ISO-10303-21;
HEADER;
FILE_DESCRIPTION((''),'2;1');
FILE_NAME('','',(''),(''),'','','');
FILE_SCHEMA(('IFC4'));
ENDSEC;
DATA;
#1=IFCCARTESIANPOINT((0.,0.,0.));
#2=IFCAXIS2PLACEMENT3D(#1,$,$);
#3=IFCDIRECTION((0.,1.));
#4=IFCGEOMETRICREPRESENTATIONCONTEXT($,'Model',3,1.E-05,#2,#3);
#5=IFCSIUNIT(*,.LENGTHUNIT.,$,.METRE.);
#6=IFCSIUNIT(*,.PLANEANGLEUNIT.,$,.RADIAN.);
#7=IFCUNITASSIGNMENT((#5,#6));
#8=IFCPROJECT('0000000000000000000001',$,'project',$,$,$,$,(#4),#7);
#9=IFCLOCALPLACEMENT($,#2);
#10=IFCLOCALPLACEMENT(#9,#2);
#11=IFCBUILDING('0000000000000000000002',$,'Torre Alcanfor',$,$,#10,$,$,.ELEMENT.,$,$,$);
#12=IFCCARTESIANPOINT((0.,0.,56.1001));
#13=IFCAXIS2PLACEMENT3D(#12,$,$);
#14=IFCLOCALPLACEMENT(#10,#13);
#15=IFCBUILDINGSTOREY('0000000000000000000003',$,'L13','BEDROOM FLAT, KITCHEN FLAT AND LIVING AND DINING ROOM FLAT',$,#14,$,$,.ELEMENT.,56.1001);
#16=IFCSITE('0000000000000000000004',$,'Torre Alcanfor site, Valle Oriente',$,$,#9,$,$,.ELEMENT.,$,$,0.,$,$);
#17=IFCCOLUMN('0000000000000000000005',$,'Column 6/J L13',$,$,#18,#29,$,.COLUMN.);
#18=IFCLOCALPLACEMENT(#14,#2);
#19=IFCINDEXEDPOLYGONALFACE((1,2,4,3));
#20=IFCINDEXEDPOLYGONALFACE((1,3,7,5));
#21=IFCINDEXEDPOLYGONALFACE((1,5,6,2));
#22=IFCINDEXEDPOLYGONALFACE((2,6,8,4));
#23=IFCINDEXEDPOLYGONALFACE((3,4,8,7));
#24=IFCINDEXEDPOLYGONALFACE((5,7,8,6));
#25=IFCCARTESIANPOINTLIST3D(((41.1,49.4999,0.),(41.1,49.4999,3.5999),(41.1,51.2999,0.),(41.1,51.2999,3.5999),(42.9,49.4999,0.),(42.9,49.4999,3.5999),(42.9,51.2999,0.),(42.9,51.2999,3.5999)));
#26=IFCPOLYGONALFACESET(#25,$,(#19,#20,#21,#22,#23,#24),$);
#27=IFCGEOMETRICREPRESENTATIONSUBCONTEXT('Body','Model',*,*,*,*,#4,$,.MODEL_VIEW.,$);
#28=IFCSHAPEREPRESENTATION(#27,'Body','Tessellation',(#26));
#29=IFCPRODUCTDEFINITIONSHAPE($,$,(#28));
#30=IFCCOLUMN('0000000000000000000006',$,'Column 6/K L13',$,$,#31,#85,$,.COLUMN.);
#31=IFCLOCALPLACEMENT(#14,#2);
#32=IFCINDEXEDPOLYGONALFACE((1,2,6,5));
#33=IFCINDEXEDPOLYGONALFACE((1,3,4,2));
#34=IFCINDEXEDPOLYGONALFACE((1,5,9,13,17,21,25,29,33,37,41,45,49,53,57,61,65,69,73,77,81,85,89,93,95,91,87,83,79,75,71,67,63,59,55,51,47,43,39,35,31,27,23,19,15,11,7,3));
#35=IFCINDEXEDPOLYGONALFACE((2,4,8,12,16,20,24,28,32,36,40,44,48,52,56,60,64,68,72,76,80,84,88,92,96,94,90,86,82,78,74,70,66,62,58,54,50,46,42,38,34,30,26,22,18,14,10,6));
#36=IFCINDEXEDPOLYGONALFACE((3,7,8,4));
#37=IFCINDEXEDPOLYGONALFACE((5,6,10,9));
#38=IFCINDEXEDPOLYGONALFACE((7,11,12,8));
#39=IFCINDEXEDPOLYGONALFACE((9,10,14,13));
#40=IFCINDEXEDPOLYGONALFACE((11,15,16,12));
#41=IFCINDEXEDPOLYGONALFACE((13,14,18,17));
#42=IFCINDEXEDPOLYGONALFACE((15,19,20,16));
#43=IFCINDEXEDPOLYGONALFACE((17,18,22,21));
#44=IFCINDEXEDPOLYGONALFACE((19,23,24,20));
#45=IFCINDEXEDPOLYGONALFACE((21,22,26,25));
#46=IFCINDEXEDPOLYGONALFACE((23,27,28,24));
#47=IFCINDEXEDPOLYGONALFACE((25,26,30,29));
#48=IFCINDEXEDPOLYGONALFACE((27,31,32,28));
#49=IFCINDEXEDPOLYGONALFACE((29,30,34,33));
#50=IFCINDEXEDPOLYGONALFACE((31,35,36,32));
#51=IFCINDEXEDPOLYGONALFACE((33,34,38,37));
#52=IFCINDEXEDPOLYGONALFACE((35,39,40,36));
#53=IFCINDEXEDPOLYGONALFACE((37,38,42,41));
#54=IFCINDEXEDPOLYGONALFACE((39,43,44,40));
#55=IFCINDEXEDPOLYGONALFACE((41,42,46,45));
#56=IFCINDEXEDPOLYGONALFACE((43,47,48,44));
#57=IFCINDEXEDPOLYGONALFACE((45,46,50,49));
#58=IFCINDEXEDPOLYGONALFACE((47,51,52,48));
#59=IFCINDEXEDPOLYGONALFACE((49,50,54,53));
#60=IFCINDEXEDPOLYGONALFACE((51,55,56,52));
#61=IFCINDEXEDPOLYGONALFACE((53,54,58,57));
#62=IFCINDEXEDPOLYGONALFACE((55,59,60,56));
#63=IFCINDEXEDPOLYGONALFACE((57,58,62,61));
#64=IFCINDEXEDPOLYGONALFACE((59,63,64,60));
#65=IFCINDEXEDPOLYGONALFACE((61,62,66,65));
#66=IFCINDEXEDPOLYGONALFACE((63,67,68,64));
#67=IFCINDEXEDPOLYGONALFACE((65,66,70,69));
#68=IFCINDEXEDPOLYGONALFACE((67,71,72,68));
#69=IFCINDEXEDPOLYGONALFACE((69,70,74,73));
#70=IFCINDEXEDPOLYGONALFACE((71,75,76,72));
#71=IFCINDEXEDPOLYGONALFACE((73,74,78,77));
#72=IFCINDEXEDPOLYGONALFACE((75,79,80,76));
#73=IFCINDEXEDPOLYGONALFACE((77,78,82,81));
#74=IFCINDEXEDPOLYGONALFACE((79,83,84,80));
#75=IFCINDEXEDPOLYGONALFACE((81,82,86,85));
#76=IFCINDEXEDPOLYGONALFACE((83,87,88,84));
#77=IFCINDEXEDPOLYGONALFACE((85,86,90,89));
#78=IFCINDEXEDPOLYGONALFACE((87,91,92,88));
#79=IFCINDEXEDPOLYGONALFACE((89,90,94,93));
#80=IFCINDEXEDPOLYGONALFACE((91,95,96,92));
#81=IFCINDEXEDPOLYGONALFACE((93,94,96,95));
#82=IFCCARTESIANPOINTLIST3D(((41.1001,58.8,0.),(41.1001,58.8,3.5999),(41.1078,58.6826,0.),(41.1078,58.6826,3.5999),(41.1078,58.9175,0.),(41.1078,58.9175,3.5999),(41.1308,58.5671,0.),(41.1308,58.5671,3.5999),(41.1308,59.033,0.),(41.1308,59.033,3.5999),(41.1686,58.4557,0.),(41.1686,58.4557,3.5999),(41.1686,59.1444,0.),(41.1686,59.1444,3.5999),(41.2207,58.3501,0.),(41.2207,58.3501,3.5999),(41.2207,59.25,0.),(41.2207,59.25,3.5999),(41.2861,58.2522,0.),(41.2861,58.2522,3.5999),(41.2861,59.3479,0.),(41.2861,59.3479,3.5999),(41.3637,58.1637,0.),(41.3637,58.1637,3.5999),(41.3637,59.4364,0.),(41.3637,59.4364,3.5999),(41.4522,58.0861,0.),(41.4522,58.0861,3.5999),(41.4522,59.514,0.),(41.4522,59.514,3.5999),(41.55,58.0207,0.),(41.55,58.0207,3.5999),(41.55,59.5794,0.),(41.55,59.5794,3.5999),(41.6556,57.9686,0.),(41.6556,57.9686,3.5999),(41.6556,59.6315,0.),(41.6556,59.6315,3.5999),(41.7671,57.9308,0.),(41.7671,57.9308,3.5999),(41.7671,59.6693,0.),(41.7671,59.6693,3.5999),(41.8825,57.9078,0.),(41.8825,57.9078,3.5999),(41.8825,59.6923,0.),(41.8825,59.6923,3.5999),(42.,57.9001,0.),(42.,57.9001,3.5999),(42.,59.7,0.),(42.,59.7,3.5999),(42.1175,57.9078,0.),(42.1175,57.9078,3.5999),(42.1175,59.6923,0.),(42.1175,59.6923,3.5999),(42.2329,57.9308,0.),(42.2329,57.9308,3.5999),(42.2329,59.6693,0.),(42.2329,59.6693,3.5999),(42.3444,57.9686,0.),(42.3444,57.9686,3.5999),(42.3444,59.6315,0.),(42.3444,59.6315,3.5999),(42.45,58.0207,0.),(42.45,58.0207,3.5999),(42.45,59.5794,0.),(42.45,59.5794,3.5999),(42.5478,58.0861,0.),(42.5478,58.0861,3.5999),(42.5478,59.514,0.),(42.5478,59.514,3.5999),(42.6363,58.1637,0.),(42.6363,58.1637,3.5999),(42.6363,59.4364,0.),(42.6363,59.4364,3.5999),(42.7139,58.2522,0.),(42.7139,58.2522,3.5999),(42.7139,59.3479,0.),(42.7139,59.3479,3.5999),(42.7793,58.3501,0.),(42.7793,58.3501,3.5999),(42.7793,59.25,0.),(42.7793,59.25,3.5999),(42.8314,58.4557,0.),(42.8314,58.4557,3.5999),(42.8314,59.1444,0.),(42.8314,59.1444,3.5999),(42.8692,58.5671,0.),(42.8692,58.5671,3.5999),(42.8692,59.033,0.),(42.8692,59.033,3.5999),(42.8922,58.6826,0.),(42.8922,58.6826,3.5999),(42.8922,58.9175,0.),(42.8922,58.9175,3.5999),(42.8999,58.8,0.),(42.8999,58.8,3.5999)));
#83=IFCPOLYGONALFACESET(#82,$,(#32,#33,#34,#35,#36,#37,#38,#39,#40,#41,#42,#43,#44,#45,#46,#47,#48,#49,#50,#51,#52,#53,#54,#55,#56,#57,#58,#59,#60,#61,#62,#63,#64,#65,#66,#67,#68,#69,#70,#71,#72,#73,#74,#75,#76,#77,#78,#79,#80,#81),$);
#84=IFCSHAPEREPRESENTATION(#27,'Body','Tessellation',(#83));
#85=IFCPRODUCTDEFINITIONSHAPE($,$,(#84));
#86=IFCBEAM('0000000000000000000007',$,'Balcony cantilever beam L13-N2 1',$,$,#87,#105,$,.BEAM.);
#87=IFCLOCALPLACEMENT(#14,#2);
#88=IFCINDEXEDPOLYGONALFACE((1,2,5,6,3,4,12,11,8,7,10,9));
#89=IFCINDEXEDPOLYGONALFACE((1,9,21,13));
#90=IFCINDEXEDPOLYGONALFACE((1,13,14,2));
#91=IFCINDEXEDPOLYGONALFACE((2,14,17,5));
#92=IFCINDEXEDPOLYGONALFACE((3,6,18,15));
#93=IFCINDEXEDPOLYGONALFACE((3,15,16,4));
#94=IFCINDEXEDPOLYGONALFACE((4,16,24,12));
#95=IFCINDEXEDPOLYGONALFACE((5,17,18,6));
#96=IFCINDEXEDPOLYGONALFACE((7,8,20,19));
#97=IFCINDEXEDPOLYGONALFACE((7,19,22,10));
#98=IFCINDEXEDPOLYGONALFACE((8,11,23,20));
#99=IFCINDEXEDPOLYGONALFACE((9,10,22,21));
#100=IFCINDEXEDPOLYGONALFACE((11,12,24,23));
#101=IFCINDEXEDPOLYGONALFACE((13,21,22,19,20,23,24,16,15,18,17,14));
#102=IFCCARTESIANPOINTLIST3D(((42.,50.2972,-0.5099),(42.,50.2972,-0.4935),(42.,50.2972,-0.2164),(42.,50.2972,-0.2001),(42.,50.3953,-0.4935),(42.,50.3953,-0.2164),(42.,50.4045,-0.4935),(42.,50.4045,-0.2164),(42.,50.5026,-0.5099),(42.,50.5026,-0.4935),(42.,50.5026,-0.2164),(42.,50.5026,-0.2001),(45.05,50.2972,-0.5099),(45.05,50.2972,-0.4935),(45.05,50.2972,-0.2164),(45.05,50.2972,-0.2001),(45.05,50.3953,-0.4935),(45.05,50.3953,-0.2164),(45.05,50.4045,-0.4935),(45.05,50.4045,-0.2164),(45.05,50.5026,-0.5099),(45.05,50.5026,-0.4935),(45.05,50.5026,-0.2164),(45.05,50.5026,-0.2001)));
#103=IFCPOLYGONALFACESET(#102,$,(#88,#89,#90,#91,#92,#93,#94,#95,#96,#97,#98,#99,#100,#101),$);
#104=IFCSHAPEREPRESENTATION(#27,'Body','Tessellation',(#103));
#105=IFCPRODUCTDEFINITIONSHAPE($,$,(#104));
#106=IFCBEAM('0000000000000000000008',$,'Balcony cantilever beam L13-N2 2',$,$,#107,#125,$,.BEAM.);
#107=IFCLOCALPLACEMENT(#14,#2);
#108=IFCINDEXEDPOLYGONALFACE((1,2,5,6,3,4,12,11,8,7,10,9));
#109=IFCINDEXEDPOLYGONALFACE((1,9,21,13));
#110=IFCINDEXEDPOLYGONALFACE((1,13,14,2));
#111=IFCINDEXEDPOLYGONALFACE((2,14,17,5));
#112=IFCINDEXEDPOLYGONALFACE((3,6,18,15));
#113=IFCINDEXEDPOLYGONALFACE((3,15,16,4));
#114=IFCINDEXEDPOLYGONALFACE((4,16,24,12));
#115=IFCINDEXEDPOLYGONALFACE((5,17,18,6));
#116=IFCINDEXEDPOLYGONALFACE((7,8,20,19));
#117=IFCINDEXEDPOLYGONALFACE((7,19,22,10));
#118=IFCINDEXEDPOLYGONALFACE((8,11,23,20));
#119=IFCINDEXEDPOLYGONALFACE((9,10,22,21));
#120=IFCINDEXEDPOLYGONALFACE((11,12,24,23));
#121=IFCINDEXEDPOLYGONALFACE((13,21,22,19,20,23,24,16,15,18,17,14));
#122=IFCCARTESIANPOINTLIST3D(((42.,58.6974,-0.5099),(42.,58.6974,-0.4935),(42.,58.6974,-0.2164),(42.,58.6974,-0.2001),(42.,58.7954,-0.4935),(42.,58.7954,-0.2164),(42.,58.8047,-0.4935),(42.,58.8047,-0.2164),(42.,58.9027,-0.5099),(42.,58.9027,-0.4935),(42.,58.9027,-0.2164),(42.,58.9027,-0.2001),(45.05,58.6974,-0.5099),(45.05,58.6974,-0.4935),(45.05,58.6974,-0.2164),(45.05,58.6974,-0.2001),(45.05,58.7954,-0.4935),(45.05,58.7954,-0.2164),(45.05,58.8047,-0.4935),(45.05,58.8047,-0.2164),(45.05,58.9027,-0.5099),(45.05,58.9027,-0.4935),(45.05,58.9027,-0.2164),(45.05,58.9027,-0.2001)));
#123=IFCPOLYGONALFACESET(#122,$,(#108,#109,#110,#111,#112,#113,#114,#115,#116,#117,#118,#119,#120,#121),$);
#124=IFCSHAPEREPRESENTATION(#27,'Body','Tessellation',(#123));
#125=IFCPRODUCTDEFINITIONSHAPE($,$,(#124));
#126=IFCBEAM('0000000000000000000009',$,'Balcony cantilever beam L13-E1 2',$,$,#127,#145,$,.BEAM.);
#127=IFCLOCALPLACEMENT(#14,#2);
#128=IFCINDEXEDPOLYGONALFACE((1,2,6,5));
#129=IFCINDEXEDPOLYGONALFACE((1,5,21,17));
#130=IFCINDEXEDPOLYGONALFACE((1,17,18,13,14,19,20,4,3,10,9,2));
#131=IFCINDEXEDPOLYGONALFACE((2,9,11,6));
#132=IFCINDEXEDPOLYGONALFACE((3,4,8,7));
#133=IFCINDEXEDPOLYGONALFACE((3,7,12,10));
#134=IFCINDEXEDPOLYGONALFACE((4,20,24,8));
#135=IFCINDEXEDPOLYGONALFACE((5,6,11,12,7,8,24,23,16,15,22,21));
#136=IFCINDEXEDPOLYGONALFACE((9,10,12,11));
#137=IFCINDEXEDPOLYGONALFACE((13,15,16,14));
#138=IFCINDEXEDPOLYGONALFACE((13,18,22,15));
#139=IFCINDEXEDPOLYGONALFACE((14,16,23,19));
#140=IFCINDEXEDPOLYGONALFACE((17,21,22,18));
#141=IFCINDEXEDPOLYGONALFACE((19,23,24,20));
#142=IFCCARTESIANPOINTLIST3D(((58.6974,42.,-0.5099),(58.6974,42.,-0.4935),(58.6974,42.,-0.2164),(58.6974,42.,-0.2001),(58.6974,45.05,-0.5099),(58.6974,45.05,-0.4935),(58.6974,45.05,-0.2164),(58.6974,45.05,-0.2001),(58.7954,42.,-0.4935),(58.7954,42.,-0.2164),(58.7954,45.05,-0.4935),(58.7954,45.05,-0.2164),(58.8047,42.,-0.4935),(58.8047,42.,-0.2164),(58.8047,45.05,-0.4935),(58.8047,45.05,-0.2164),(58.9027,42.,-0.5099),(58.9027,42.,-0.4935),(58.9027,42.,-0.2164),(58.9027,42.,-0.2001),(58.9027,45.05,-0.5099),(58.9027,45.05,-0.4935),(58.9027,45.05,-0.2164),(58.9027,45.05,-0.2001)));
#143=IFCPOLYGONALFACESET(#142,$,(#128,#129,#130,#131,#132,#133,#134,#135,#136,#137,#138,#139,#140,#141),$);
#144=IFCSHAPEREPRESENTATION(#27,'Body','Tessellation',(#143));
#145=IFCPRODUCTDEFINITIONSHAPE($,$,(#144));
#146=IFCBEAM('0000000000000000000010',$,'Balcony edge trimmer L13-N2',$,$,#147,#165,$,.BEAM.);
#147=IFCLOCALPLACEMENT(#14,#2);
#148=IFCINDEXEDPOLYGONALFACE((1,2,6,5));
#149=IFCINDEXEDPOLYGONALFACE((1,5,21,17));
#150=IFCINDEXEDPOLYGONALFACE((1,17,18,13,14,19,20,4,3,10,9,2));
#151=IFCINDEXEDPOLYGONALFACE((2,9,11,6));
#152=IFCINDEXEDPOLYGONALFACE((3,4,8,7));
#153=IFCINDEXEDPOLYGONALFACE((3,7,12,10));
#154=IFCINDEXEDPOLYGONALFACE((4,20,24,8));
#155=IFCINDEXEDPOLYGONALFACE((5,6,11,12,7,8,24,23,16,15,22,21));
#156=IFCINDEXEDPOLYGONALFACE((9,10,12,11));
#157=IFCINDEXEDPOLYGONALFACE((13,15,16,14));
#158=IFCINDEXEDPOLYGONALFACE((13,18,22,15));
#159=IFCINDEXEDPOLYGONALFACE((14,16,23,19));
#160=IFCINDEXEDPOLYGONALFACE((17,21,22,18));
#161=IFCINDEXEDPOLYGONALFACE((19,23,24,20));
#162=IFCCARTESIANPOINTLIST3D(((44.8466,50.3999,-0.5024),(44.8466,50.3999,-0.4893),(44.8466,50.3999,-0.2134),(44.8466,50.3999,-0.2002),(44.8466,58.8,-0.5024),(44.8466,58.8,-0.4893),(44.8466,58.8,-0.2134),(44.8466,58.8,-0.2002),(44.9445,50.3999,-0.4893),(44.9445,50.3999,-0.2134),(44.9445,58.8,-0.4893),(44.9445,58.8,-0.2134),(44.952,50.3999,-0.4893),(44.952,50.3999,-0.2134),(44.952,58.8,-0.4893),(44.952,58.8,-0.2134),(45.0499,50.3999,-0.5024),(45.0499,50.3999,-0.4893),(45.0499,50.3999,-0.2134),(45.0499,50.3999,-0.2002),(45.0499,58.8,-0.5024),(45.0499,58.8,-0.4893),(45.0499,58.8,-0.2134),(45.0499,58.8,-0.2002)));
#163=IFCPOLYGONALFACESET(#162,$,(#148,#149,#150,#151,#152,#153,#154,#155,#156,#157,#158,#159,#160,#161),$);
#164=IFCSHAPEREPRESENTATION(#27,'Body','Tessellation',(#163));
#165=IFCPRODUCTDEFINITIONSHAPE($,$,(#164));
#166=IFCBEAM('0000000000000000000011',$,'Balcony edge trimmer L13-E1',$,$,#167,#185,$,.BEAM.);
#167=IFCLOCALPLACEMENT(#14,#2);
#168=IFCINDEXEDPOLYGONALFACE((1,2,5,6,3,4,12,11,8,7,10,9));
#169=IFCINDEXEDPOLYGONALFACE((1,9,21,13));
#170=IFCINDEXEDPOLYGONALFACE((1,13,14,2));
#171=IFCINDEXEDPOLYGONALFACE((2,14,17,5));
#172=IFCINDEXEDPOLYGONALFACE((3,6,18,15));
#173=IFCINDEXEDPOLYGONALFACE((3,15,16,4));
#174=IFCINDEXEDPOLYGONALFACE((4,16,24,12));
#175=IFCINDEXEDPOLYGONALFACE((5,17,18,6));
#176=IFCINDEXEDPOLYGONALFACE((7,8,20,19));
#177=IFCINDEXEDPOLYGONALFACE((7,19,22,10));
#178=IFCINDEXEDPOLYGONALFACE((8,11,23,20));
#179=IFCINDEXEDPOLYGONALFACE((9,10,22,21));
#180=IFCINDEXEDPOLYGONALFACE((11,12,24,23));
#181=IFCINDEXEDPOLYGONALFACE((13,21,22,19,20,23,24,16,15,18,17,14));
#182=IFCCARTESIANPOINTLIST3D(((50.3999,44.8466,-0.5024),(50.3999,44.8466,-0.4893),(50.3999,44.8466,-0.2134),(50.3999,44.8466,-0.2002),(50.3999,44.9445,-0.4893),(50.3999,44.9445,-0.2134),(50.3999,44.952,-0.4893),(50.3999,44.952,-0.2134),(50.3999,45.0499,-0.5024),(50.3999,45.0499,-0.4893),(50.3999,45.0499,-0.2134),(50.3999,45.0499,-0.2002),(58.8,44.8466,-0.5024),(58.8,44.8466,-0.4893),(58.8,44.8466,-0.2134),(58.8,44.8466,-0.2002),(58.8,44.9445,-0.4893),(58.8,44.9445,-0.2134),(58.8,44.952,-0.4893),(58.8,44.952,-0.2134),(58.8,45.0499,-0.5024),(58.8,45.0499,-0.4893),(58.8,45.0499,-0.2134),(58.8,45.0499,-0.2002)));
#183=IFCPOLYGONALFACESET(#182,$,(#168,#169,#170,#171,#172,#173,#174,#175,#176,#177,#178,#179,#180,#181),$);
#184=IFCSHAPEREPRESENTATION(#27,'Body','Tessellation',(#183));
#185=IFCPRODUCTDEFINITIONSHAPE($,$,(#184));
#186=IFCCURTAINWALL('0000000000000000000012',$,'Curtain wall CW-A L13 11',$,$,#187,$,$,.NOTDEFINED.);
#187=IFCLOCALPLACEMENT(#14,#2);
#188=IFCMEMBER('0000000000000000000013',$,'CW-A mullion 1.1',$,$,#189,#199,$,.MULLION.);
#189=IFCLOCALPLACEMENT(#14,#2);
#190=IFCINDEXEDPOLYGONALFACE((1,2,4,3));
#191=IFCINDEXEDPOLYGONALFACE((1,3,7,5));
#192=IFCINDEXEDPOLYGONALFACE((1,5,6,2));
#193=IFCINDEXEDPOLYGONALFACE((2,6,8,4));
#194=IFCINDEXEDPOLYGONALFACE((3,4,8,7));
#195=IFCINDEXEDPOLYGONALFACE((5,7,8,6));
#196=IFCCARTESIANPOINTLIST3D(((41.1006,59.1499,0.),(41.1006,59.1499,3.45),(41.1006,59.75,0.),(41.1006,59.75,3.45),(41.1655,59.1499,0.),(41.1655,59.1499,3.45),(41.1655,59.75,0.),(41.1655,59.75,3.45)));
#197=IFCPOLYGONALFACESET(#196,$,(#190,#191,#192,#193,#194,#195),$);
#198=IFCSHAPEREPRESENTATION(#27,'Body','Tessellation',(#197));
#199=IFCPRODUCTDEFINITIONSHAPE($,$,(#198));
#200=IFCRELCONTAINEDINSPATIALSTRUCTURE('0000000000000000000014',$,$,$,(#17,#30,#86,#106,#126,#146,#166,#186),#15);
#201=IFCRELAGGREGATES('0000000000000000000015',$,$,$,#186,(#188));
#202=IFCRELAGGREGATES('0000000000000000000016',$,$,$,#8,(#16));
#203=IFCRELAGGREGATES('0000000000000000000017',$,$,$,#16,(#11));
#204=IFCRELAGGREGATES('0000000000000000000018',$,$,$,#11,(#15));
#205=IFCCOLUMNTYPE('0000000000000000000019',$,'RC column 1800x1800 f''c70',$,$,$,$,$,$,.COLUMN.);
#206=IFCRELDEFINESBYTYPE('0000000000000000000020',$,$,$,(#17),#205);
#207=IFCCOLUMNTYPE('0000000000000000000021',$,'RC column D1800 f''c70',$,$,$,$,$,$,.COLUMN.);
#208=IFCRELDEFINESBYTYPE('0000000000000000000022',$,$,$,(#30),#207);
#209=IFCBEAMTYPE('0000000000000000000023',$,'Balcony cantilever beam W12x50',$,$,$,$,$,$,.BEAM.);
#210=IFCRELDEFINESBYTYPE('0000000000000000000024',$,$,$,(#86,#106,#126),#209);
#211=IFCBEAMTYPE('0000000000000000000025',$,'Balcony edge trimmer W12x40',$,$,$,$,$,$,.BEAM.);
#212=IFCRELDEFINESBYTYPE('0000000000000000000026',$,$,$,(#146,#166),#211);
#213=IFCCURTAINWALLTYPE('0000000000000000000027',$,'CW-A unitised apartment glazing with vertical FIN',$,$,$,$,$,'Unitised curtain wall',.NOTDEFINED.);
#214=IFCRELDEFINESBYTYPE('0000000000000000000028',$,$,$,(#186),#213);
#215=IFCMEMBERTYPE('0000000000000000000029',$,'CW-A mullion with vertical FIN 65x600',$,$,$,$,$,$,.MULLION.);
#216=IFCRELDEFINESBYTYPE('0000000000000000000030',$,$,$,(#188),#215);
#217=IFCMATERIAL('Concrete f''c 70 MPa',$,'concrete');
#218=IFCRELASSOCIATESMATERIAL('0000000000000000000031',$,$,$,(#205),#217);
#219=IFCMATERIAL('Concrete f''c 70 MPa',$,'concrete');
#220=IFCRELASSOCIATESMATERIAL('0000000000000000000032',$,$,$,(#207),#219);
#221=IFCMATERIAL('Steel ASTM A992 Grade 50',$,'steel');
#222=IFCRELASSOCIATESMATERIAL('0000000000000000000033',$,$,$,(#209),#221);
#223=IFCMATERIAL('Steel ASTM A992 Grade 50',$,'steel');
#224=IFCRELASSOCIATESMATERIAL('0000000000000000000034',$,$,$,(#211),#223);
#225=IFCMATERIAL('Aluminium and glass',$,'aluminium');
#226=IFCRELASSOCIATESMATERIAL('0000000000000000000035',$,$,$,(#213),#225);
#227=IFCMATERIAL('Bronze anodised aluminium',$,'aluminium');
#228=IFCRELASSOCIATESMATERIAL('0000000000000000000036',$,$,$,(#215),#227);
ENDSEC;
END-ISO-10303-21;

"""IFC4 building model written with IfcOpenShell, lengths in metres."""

from ifc_helpers import new_model, si_unit, direction, frame, origin, origin_2d, place, context, subcontext, project, spatial, rectangle, circle, i_section, extrude, material, material_profile, profile_set, type_object, element, aggregate, save


model = new_model("IFC4")

# Units and contexts
model_context = context("Model", 3, precision=1e-05, world=origin(), true_north=direction((0.0, 1.0)))
body_context = subcontext(model_context, "Body", "Model", "MODEL_VIEW")
ifc_project = project(units=[si_unit("LENGTHUNIT", "METRE"), si_unit("PLANEANGLEUNIT", "RADIAN")], contexts=[model_context])

# Site, building, storey
site_placement = place(None, origin())
site = spatial("IfcSite", under=ifc_project, at=site_placement, Name="Torre Alcanfor site, Valle Oriente", CompositionType="ELEMENT", RefElevation=0.0)
building_placement = place(site_placement, origin())
building = spatial("IfcBuilding", under=site, at=building_placement, Name="Torre Alcanfor", CompositionType="ELEMENT")
storey_placement = place(building_placement, frame((0.0, 0.0, 56.1001)))
storey = spatial("IfcBuildingStorey", under=building, at=storey_placement, Name="L13", Description="BEDROOM FLAT, KITCHEN FLAT AND LIVING AND DINING ROOM FLAT", CompositionType="ELEMENT", Elevation=56.1001)

# Columns
ifc_material_1 = material(Name="Concrete f'c 70 MPa", Category="concrete")
ifc_material_profile_1 = material_profile(ifc_material_1, rectangle(XDim=1.8, YDim=1.8, at=origin_2d()), Name="1800x1800")
ifc_profile_set_1 = profile_set([ifc_material_profile_1], Name="Concrete f'c 70 MPa")
column_type_1 = type_object("IfcColumnType", Name="RC column 1800x1800 f'c70", PredefinedType="COLUMN", material=ifc_profile_set_1)
column_1_placement = place(storey_placement, frame((42.0, 50.3999, 0.0), z_axis=(0.0, 0.0, 1.0), x_axis=(1.0, 0.0, 0.0)))
element("IfcColumn", 1, at=column_1_placement, inside=storey, type_object=column_type_1, Name="Column 6/J L13", PredefinedType="COLUMN", context=body_context, shape_type="SweptSolid", body=[
    extrude(rectangle(XDim=1.8, YDim=1.8, at=origin_2d()), origin(), (0.0, 0.0, 1.0), 3.5999),
])
ifc_material_2 = material(Name="Concrete f'c 70 MPa", Category="concrete")
ifc_material_profile_2 = material_profile(ifc_material_2, circle(Radius=0.8999, at=origin_2d()), Name="D1800")
ifc_profile_set_2 = profile_set([ifc_material_profile_2], Name="Concrete f'c 70 MPa")
column_type_2 = type_object("IfcColumnType", Name="RC column D1800 f'c70", PredefinedType="COLUMN", material=ifc_profile_set_2)
column_2_placement = place(storey_placement, frame((42.0, 58.8, 0.0), z_axis=(0.0, 0.0, 1.0), x_axis=(1.0, 0.0, 0.0)))
element("IfcColumn", 2, at=column_2_placement, inside=storey, type_object=column_type_2, Name="Column 6/K L13", PredefinedType="COLUMN", context=body_context, shape_type="SweptSolid", body=[
    extrude(circle(Radius=0.8999, at=origin_2d()), origin(), (0.0, 0.0, 1.0), 3.5999),
])

# Beams
ifc_material_3 = material(Name="Steel ASTM A992 Grade 50", Category="steel")
ifc_material_profile_3 = material_profile(ifc_material_3, i_section(OverallWidth=0.2053, OverallDepth=0.3098, WebThickness=0.0093, FlangeThickness=0.0164, at=origin_2d()), Name="W12x50")
ifc_profile_set_3 = profile_set([ifc_material_profile_3], Name="Steel ASTM A992 Grade 50")
beam_type_1 = type_object("IfcBeamType", Name="Balcony cantilever beam W12x50", PredefinedType="BEAM", material=ifc_profile_set_3)
for number, where, z_axis, x_axis, name in (
    (3, (42.0, 50.3999, -0.355), (1.0, 0.0, 0.0), (0.0, 1.0, 0.0), "Balcony cantilever beam L13-N2 1"),
    (4, (42.0, 58.8, -0.355), (1.0, 0.0, 0.0), (0.0, 1.0, 0.0), "Balcony cantilever beam L13-N2 2"),
    (5, (58.8, 42.0, -0.355), (0.0, 1.0, 0.0), (-1.0, 0.0, 0.0), "Balcony cantilever beam L13-E1 2"),
):
    element("IfcBeam", number, at=place(storey_placement, frame(where, z_axis=z_axis, x_axis=x_axis)), inside=storey, type_object=beam_type_1, Name=name, PredefinedType="BEAM", context=body_context, shape_type="SweptSolid", body=[
        extrude(i_section(OverallWidth=0.2053, OverallDepth=0.3098, WebThickness=0.0093, FlangeThickness=0.0164, at=origin_2d()), origin(), (0.0, 0.0, 1.0), 3.05),
    ])
ifc_material_4 = material(Name="Steel ASTM A992 Grade 50", Category="steel")
ifc_material_profile_4 = material_profile(ifc_material_4, i_section(OverallWidth=0.2034, OverallDepth=0.3022, WebThickness=0.0076, FlangeThickness=0.0132, at=origin_2d()), Name="W12x40")
ifc_profile_set_4 = profile_set([ifc_material_profile_4], Name="Steel ASTM A992 Grade 50")
beam_type_2 = type_object("IfcBeamType", Name="Balcony edge trimmer W12x40", PredefinedType="BEAM", material=ifc_profile_set_4)
for number, where, z_axis, x_axis, name in (
    (6, (44.9482, 50.3999, -0.3513), (0.0, 1.0, 0.0), (-1.0, 0.0, 0.0), "Balcony edge trimmer L13-N2"),
    (7, (50.3999, 44.9482, -0.3513), (1.0, 0.0, 0.0), (0.0, 1.0, 0.0), "Balcony edge trimmer L13-E1"),
):
    element("IfcBeam", number, at=place(storey_placement, frame(where, z_axis=z_axis, x_axis=x_axis)), inside=storey, type_object=beam_type_2, Name=name, PredefinedType="BEAM", context=body_context, shape_type="SweptSolid", body=[
        extrude(i_section(OverallWidth=0.2034, OverallDepth=0.3022, WebThickness=0.0076, FlangeThickness=0.0132, at=origin_2d()), origin(), (0.0, 0.0, 1.0), 8.4001),
    ])

# Curtain wall, member
ifc_material_5 = material(Name="Aluminium and glass", Category="aluminium")
curtain_wall_type = type_object("IfcCurtainWallType", Name="CW-A unitised apartment glazing with vertical FIN", ElementType="Unitised curtain wall", PredefinedType="NOTDEFINED", material=ifc_material_5)
curtain_wall_placement = place(storey_placement, origin())
curtain_wall = element("IfcCurtainWall", 8, at=curtain_wall_placement, inside=storey, type_object=curtain_wall_type, Name="Curtain wall CW-A L13 11", PredefinedType="NOTDEFINED")
ifc_material_6 = material(Name="Bronze anodised aluminium", Category="aluminium")
ifc_material_profile_5 = material_profile(ifc_material_6, rectangle(XDim=0.6001, YDim=0.0649, at=origin_2d()), Name="CW-A mullion 65x600")
ifc_profile_set_5 = profile_set([ifc_material_profile_5], Name="Bronze anodised aluminium")
member_type = type_object("IfcMemberType", Name="CW-A mullion with vertical FIN 65x600", PredefinedType="MULLION", material=ifc_profile_set_5)
member_placement = place(storey_placement, frame((41.1331, 59.45, 0.0), z_axis=(0.0, 0.0, 1.0), x_axis=(0.0, -1.0, 0.0)))
member = element("IfcMember", 9, at=member_placement, type_object=member_type, Name="CW-A mullion 1.1", PredefinedType="MULLION", context=body_context, shape_type="SweptSolid", body=[
    extrude(rectangle(XDim=0.6001, YDim=0.0649, at=origin_2d()), origin(), (0.0, 0.0, 1.0), 3.45),
])
aggregate(curtain_wall, [member])

save(model, "model.ifc")
